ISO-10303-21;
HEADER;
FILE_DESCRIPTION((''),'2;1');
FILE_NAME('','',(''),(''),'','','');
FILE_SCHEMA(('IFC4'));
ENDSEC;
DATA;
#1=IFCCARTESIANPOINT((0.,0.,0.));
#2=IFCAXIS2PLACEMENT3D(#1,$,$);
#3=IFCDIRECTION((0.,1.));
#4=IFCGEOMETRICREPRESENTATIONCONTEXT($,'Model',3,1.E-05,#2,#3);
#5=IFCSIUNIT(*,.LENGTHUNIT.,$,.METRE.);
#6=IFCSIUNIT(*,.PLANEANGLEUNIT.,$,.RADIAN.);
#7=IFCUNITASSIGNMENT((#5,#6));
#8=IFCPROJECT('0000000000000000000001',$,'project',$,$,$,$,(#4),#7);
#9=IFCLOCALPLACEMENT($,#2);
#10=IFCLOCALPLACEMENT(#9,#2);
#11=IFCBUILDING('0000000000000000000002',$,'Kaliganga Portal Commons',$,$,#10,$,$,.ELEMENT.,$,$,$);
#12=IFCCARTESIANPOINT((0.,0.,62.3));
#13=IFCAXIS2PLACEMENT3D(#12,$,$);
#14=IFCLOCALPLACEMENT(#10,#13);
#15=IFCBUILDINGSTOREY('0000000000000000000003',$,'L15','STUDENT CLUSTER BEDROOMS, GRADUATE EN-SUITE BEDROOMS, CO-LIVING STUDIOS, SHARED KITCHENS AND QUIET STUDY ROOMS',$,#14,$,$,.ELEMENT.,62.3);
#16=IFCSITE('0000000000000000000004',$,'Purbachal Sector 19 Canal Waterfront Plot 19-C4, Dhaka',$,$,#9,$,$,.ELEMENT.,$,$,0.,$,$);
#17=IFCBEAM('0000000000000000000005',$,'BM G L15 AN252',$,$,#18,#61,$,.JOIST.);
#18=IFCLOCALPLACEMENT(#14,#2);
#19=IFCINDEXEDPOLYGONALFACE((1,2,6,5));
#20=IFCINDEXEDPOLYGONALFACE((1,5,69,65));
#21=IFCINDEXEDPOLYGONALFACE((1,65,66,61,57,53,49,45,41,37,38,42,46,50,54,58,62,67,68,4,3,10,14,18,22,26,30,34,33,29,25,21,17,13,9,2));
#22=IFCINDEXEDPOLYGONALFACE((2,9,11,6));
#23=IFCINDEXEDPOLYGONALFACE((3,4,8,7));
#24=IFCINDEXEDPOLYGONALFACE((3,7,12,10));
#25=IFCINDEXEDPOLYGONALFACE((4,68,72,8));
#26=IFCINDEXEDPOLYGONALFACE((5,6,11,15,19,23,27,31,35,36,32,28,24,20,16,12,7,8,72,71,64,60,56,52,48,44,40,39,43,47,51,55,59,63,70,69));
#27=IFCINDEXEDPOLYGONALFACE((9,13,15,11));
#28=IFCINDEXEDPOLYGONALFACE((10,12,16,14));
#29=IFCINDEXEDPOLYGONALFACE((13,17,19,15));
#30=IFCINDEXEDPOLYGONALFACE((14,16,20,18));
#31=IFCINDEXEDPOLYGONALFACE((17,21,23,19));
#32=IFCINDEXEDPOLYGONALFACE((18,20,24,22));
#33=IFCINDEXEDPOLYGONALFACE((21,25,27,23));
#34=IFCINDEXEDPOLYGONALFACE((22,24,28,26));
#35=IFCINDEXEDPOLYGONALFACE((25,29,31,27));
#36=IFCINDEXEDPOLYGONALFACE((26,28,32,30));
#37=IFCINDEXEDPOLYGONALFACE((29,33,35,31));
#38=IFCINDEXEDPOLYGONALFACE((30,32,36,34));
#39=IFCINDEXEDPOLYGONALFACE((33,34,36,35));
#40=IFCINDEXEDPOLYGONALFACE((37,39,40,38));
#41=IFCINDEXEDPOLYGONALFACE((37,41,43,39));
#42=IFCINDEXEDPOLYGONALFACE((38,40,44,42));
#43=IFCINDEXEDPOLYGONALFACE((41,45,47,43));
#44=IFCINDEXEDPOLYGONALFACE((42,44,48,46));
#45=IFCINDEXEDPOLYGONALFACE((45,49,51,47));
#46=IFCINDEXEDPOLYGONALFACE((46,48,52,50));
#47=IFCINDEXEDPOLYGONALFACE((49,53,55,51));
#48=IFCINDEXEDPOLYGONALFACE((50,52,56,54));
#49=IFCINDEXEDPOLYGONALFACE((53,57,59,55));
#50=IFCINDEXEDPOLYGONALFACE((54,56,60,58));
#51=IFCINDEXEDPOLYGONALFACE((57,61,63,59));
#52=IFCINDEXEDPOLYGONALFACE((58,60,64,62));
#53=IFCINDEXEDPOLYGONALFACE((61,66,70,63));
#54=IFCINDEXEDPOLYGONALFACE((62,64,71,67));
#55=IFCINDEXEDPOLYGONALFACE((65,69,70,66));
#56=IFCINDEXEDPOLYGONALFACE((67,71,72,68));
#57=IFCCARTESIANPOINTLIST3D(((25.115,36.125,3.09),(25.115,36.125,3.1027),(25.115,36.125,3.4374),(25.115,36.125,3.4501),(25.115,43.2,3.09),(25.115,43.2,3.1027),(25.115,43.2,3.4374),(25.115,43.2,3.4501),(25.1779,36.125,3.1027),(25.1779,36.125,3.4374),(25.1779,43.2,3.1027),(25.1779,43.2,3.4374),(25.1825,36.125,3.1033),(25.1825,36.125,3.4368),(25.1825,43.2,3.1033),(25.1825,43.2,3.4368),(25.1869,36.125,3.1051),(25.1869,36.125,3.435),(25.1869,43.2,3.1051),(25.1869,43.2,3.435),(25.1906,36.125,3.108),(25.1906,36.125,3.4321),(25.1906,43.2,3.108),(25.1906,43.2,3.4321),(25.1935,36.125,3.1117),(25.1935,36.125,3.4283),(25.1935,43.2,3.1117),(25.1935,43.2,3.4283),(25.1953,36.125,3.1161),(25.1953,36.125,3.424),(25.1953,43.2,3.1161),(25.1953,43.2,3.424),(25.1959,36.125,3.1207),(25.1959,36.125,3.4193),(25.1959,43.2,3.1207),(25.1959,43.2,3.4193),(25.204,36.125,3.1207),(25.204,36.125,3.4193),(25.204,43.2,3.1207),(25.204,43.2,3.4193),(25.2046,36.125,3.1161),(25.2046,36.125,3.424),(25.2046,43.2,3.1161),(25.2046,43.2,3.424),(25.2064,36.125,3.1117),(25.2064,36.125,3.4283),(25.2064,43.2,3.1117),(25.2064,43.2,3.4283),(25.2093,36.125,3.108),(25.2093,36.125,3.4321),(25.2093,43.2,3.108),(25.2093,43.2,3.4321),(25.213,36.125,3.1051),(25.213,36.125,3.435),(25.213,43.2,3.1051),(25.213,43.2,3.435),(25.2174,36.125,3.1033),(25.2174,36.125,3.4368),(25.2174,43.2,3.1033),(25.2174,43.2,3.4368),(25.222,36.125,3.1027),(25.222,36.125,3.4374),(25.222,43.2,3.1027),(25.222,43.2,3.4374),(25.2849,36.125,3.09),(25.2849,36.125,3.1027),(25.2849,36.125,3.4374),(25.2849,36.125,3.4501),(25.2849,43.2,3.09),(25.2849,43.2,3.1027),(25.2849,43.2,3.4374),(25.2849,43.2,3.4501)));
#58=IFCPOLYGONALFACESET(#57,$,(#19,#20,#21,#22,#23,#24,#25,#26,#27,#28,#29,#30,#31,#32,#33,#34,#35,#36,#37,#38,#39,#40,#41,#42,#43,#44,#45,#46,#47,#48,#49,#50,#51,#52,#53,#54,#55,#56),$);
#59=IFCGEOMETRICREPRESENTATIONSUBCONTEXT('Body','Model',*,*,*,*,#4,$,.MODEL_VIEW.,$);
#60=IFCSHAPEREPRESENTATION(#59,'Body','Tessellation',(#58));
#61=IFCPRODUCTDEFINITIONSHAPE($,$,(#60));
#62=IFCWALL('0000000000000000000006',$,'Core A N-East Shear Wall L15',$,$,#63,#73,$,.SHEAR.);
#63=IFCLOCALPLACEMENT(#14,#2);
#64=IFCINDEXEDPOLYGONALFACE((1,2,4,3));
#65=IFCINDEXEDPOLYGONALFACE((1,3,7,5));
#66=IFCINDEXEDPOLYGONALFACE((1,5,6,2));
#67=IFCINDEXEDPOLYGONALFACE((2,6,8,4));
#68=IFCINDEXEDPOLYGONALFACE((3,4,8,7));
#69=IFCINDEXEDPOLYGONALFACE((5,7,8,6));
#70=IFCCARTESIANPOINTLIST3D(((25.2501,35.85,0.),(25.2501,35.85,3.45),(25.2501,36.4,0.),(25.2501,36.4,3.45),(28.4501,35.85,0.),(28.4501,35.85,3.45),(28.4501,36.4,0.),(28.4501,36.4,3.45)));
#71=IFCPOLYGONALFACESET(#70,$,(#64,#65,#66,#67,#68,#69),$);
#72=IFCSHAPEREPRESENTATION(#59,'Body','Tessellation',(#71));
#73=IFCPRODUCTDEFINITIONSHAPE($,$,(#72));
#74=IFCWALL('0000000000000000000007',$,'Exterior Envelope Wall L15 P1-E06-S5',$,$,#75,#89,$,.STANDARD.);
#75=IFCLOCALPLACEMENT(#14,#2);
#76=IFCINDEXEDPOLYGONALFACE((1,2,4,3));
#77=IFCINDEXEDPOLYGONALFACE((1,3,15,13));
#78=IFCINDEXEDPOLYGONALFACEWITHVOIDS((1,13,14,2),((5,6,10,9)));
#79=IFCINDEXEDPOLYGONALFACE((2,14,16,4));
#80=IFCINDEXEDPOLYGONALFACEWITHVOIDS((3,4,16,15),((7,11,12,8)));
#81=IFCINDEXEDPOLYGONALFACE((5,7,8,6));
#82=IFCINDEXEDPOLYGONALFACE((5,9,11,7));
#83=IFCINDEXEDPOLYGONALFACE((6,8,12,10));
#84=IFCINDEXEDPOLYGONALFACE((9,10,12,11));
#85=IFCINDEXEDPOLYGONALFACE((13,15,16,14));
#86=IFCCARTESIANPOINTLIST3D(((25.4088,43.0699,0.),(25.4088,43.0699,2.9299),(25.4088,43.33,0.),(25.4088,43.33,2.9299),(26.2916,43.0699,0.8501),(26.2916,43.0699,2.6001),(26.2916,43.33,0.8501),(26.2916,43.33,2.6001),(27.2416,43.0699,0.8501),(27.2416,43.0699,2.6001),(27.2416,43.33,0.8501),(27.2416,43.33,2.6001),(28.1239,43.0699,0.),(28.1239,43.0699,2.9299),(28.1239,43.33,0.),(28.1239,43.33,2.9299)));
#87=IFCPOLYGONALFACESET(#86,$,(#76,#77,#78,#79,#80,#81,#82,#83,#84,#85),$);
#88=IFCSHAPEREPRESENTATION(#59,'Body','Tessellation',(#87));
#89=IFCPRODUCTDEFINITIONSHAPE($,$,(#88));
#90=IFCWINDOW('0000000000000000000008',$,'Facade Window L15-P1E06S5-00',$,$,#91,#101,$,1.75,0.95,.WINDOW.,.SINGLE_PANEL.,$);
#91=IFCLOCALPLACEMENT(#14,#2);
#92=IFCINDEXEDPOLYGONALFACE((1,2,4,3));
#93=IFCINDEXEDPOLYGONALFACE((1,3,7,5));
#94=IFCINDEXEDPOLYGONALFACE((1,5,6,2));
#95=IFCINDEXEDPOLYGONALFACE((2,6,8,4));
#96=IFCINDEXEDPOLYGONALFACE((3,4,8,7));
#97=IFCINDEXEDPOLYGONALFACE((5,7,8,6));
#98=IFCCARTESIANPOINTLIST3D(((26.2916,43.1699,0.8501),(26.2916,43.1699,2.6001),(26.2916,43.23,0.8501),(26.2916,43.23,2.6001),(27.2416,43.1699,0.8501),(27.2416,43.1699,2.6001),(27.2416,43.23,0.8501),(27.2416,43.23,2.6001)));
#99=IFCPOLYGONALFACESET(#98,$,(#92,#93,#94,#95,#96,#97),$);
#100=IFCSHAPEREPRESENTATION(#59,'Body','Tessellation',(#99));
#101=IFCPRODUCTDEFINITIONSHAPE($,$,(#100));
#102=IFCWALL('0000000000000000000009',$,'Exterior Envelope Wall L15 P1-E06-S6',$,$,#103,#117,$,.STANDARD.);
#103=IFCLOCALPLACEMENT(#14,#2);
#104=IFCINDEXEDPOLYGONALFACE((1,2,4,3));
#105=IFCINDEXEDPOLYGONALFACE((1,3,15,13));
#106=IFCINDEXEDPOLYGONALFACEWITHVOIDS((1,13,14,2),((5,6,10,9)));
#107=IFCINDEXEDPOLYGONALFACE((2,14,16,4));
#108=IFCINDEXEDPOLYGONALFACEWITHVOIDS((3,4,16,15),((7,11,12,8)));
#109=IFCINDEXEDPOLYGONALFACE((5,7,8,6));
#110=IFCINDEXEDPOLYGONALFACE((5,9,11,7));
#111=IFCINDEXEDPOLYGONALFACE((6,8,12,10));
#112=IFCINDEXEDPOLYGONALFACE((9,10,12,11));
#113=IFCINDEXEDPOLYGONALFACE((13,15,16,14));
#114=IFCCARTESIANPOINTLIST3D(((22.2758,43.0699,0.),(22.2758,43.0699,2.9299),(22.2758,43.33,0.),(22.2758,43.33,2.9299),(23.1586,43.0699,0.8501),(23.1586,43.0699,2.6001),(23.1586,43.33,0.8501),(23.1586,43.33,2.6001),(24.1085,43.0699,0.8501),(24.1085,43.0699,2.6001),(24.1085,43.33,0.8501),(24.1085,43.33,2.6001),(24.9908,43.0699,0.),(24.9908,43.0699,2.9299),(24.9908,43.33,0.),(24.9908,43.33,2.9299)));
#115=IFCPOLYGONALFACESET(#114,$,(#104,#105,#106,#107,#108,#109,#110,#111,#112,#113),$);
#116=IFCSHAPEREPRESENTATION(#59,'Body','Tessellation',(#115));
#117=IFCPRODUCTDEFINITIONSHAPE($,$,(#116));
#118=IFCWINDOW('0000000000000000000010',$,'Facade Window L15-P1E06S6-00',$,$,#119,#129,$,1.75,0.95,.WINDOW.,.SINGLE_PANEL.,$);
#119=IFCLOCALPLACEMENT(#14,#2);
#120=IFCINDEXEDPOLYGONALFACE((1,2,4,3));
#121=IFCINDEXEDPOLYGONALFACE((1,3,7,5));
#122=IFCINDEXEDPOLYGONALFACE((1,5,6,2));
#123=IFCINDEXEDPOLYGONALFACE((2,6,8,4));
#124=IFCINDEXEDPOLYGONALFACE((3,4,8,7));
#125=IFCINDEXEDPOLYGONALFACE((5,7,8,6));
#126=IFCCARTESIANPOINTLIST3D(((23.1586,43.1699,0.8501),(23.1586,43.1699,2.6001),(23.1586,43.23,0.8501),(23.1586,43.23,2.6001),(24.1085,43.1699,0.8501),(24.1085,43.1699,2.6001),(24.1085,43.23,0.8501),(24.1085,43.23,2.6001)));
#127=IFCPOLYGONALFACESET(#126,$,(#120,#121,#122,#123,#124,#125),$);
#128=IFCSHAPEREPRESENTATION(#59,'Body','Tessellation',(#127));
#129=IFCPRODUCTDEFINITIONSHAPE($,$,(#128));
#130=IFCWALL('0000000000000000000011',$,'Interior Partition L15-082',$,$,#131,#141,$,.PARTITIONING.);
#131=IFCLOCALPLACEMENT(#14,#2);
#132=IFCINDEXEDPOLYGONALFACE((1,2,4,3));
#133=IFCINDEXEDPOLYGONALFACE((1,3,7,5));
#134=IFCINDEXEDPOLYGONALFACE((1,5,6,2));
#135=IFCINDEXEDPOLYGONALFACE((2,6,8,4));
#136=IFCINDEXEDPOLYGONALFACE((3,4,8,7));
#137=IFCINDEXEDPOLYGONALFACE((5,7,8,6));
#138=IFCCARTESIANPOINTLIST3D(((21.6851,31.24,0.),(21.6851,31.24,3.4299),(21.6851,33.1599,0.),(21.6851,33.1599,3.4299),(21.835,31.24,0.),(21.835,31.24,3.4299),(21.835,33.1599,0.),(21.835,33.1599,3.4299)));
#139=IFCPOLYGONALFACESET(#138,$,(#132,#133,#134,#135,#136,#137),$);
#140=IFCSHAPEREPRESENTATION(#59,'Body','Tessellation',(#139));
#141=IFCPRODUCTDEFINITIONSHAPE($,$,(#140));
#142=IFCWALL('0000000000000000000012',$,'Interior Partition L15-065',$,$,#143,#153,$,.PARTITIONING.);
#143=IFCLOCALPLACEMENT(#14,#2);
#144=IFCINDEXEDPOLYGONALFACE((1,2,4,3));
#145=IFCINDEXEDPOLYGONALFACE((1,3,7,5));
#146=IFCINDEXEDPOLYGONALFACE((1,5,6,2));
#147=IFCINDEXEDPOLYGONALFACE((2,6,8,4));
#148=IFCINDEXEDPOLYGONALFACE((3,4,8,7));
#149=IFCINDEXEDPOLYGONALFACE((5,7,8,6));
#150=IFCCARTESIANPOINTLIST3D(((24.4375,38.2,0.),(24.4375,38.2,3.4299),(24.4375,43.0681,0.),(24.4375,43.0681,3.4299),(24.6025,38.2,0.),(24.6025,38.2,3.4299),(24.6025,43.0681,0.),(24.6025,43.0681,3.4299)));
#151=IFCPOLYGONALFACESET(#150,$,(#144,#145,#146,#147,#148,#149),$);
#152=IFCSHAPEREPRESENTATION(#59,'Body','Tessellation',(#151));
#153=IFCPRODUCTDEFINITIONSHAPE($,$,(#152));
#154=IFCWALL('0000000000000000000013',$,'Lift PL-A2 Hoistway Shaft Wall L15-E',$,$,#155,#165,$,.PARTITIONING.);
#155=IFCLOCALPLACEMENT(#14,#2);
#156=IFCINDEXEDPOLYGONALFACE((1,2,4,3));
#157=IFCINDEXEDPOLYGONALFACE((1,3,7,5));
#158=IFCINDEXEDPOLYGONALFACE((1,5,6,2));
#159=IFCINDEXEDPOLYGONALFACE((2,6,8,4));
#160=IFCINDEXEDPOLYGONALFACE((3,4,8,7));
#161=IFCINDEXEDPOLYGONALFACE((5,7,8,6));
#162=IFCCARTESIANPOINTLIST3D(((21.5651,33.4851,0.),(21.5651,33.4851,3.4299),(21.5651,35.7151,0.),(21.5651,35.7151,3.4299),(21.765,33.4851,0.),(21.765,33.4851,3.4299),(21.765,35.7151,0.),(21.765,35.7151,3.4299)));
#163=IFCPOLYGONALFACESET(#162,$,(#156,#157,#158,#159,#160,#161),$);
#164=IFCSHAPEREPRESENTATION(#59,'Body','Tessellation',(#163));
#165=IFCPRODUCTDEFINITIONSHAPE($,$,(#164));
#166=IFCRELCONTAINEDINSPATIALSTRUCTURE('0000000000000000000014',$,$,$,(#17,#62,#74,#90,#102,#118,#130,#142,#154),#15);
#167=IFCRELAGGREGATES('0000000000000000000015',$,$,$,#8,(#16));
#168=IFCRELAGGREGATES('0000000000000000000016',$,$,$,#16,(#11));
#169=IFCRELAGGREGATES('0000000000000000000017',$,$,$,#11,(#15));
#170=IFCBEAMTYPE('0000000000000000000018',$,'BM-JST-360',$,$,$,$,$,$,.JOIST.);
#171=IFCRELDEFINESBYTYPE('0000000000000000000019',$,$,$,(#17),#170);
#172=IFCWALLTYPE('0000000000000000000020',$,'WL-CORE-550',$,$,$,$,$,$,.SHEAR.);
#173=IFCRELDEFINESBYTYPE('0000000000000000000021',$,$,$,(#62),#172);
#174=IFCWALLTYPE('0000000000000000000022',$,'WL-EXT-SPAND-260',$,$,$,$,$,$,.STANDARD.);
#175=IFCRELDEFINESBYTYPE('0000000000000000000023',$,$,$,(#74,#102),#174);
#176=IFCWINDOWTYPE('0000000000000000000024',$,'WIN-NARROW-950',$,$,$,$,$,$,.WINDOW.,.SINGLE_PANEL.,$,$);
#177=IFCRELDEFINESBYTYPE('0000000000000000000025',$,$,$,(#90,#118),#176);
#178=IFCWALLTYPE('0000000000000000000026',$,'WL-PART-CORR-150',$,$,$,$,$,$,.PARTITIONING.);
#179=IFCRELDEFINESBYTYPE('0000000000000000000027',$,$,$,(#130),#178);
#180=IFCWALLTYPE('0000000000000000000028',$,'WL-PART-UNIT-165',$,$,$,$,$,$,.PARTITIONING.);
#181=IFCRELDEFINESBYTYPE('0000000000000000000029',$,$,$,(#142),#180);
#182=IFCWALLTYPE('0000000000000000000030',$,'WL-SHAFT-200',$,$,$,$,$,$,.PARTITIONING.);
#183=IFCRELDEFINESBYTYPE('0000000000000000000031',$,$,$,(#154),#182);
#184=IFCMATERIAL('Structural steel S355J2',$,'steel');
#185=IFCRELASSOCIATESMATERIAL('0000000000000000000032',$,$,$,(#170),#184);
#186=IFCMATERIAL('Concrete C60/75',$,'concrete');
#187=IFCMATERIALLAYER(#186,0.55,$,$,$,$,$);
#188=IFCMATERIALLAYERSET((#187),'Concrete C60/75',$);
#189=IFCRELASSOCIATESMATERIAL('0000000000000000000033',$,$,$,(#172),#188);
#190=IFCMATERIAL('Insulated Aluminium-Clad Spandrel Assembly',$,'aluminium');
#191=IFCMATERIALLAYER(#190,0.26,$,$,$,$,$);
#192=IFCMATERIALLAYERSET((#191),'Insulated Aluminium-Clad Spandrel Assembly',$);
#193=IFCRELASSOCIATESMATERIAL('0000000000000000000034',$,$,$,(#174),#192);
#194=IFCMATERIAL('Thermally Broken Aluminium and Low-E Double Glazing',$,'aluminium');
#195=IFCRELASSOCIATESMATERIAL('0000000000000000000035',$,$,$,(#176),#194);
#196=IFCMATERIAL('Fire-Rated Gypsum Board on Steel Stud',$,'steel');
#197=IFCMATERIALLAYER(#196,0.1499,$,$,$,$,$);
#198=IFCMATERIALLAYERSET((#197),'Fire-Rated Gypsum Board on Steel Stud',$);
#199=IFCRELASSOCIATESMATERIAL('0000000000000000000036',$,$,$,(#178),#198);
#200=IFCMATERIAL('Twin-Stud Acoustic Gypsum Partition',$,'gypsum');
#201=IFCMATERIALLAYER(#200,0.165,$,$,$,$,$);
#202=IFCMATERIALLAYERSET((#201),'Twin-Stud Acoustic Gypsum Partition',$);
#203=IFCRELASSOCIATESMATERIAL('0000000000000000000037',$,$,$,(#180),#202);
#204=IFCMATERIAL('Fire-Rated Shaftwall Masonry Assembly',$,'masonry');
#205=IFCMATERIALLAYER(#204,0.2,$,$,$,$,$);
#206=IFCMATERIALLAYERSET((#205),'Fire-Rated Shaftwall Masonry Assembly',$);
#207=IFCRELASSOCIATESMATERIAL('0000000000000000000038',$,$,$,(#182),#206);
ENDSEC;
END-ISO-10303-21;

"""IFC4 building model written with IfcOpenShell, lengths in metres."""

from ifc_helpers import new_model, si_unit, direction, frame, frame_2d, origin, origin_2d, place, context, subcontext, project, spatial, rectangle, i_section, extrude, source, transform, mapped, material, layer, layer_set, material_profile, profile_set, type_object, element, fill, save


model = new_model("IFC4")

# Units and contexts
model_context = context("Model", 3, precision=1e-05, world=origin(), true_north=direction((0.0, 1.0)))
body_context = subcontext(model_context, "Body", "Model", "MODEL_VIEW")
ifc_project = project(units=[si_unit("LENGTHUNIT", "METRE"), si_unit("PLANEANGLEUNIT", "RADIAN")], contexts=[model_context])

# Site, building, storey
site_placement = place(None, origin())
site = spatial("IfcSite", under=ifc_project, at=site_placement, Name="Purbachal Sector 19 Canal Waterfront Plot 19-C4, Dhaka", CompositionType="ELEMENT", RefElevation=0.0)
building_placement = place(site_placement, origin())
building = spatial("IfcBuilding", under=site, at=building_placement, Name="Kaliganga Portal Commons", CompositionType="ELEMENT")
storey_placement = place(building_placement, frame((0.0, 0.0, 62.3)))
storey = spatial("IfcBuildingStorey", under=building, at=storey_placement, Name="L15", Description="STUDENT CLUSTER BEDROOMS, GRADUATE EN-SUITE BEDROOMS, CO-LIVING STUDIOS, SHARED KITCHENS AND QUIET STUDY ROOMS", CompositionType="ELEMENT", Elevation=62.3)

# Beam
ifc_material_1 = material(Name="Structural steel S355J2", Category="steel")
ifc_material_profile_1 = material_profile(ifc_material_1, i_section(OverallWidth=0.1699, OverallDepth=0.3601, WebThickness=0.0081, FlangeThickness=0.0127, FilletRadius=0.0181, at=origin_2d()), Name="IPE 360")
ifc_profile_set_1 = profile_set([ifc_material_profile_1], Name="Structural steel S355J2 wide-flange")
beam_type_1 = type_object("IfcBeamType", Name="BM-JST-360", PredefinedType="JOIST", material=ifc_profile_set_1)
shared_shape_1 = source(origin(), body_context, "Body", "SweptSolid", [
    extrude(i_section(OverallWidth=0.1699, OverallDepth=0.3601, WebThickness=0.0081, FlangeThickness=0.0127, FilletRadius=0.0181, at=origin_2d()), origin(), (0.0, 0.0, 1.0), 7.075),
])
beam_1_placement = place(storey_placement, frame((25.2, 36.125, 3.27), z_axis=(0.0, 1.0, 0.0), x_axis=(-1.0, 0.0, 0.0)))
element("IfcBeam", 1, at=beam_1_placement, inside=storey, type_object=beam_type_1, Name="BM G L15 AN252", PredefinedType="JOIST", context=body_context, shape_type="MappedRepresentation", body=[
    mapped(shared_shape_1, transform((0.0, 0.0, 0.0), x_axis=(1.0, 0.0, 0.0), y_axis=(0.0, 1.0, 0.0), z_axis=(0.0, 0.0, 1.0), scale=1.0)),
])

# Wall
ifc_material_2 = material(Name="Concrete C60/75", Category="concrete")
ifc_layer_1 = layer(ifc_material_2, 0.55)
ifc_layer_set_1 = layer_set([ifc_layer_1], Name="Concrete C60/75")
wall_type_1 = type_object("IfcWallType", Name="WL-CORE-550", PredefinedType="SHEAR", material=ifc_layer_set_1)
wall_1_placement = place(storey_placement, frame((25.25, 36.125, 0.0), z_axis=(0.0, 0.0, 1.0), x_axis=(1.0, 0.0, 0.0)))
element("IfcWall", 2, at=wall_1_placement, inside=storey, type_object=wall_type_1, Name="Core A N-East Shear Wall L15", PredefinedType="SHEAR", context=body_context, shape_type="SweptSolid", body=[
    extrude(rectangle(XDim=3.2, YDim=0.55, at=frame_2d((1.6001, 0.0))), origin(), (0.0, 0.0, 1.0), 3.45),
])

# Walls, openings, windows
ifc_material_3 = material(Name="Insulated Aluminium-Clad Spandrel Assembly", Category="aluminium")
ifc_layer_2 = layer(ifc_material_3, 0.26)
ifc_layer_set_2 = layer_set([ifc_layer_2], Name="Insulated Aluminium-Clad Spandrel Assembly")
wall_type_2 = type_object("IfcWallType", Name="WL-EXT-SPAND-260", PredefinedType="STANDARD", material=ifc_layer_set_2)
wall_2_placement = place(storey_placement, frame((25.4089, 43.2, 0.0), z_axis=(0.0, 0.0, 1.0), x_axis=(1.0, 0.0, 0.0)))
wall_2 = element("IfcWall", 3, at=wall_2_placement, inside=storey, type_object=wall_type_2, Name="Exterior Envelope Wall L15 P1-E06-S5", PredefinedType="STANDARD", context=body_context, shape_type="SweptSolid", body=[
    extrude(rectangle(XDim=2.7151, YDim=0.26, at=frame_2d((1.3574, 0.0))), origin(), (0.0, 0.0, 1.0), 2.9299),
])
opening_1_placement = place(wall_2_placement, frame((0.8826, 0.0, 0.8501)))
opening_1 = element("IfcOpeningElement", 4, at=opening_1_placement, cuts=wall_2, PredefinedType="OPENING", context=body_context, shape_type="SweptSolid", body=[
    extrude(rectangle(XDim=0.95, YDim=1.75, at=frame_2d((0.4751, 0.875))), frame((0.0, 0.1401, 0.0), z_axis=(0.0, -1.0, 0.0), x_axis=(1.0, 0.0, 0.0)), (0.0, 0.0, 1.0), 0.28),
])
ifc_material_4 = material(Name="Thermally Broken Aluminium and Low-E Double Glazing", Category="aluminium")
window_type = type_object("IfcWindowType", Name="WIN-NARROW-950", PartitioningType="SINGLE_PANEL", PredefinedType="WINDOW", material=ifc_material_4)
window_1_placement = place(opening_1_placement, origin())
window_1 = element("IfcWindow", 5, at=window_1_placement, inside=storey, type_object=window_type, Name="Facade Window L15-P1E06S5-00", OverallHeight=1.75, OverallWidth=0.95, PartitioningType="SINGLE_PANEL", PredefinedType="WINDOW", context=body_context, shape_type="SweptSolid", body=[
    extrude(rectangle(XDim=0.95, YDim=1.75, at=frame_2d((0.4751, 0.875))), frame((0.0, 0.03, 0.0), z_axis=(0.0, -1.0, 0.0), x_axis=(1.0, 0.0, 0.0)), (0.0, 0.0, 1.0), 0.0601),
])
fill(opening_1, window_1)
wall_3_placement = place(storey_placement, frame((22.2759, 43.2, 0.0), z_axis=(0.0, 0.0, 1.0), x_axis=(1.0, 0.0, 0.0)))
wall_3 = element("IfcWall", 6, at=wall_3_placement, inside=storey, type_object=wall_type_2, Name="Exterior Envelope Wall L15 P1-E06-S6", PredefinedType="STANDARD", context=body_context, shape_type="SweptSolid", body=[
    extrude(rectangle(XDim=2.7151, YDim=0.26, at=frame_2d((1.3574, 0.0))), origin(), (0.0, 0.0, 1.0), 2.9299),
])
opening_2_placement = place(wall_3_placement, frame((0.8826, 0.0, 0.8501)))
opening_2 = element("IfcOpeningElement", 7, at=opening_2_placement, cuts=wall_3, PredefinedType="OPENING", context=body_context, shape_type="SweptSolid", body=[
    extrude(rectangle(XDim=0.95, YDim=1.75, at=frame_2d((0.4751, 0.875))), frame((0.0, 0.1401, 0.0), z_axis=(0.0, -1.0, 0.0), x_axis=(1.0, 0.0, 0.0)), (0.0, 0.0, 1.0), 0.28),
])
window_2_placement = place(opening_2_placement, origin())
window_2 = element("IfcWindow", 8, at=window_2_placement, inside=storey, type_object=window_type, Name="Facade Window L15-P1E06S6-00", OverallHeight=1.75, OverallWidth=0.95, PartitioningType="SINGLE_PANEL", PredefinedType="WINDOW", context=body_context, shape_type="SweptSolid", body=[
    extrude(rectangle(XDim=0.95, YDim=1.75, at=frame_2d((0.4751, 0.875))), frame((0.0, 0.03, 0.0), z_axis=(0.0, -1.0, 0.0), x_axis=(1.0, 0.0, 0.0)), (0.0, 0.0, 1.0), 0.0601),
])
fill(opening_2, window_2)

# Shared definitions
ifc_material_5 = material(Name="Fire-Rated Gypsum Board on Steel Stud", Category="steel")
ifc_layer_3 = layer(ifc_material_5, 0.1499)
ifc_layer_set_3 = layer_set([ifc_layer_3], Name="Fire-Rated Gypsum Board on Steel Stud")
wall_type_3 = type_object("IfcWallType", Name="WL-PART-CORR-150", PredefinedType="PARTITIONING", material=ifc_layer_set_3)

# Walls
wall_4_placement = place(storey_placement, frame((21.76, 31.24, 0.0), z_axis=(0.0, 0.0, 1.0), x_axis=(0.0, 1.0, 0.0)))
element("IfcWall", 9, at=wall_4_placement, inside=storey, type_object=wall_type_3, Name="Interior Partition L15-082", PredefinedType="PARTITIONING", context=body_context, shape_type="SweptSolid", body=[
    extrude(rectangle(XDim=1.9199, YDim=0.1499, at=frame_2d((0.96, 0.0))), origin(), (0.0, 0.0, 1.0), 3.4299),
])
ifc_material_6 = material(Name="Twin-Stud Acoustic Gypsum Partition", Category="gypsum")
ifc_layer_4 = layer(ifc_material_6, 0.165)
ifc_layer_set_4 = layer_set([ifc_layer_4], Name="Twin-Stud Acoustic Gypsum Partition")
wall_type_4 = type_object("IfcWallType", Name="WL-PART-UNIT-165", PredefinedType="PARTITIONING", material=ifc_layer_set_4)
wall_5_placement = place(storey_placement, frame((24.52, 38.2, 0.0), z_axis=(0.0, 0.0, 1.0), x_axis=(0.0, 1.0, 0.0)))
element("IfcWall", 10, at=wall_5_placement, inside=storey, type_object=wall_type_4, Name="Interior Partition L15-065", PredefinedType="PARTITIONING", context=body_context, shape_type="SweptSolid", body=[
    extrude(rectangle(XDim=4.8682, YDim=0.165, at=frame_2d((2.4341, 0.0))), origin(), (0.0, 0.0, 1.0), 3.4299),
])
ifc_material_7 = material(Name="Fire-Rated Shaftwall Masonry Assembly", Category="masonry")
ifc_layer_5 = layer(ifc_material_7, 0.2)
ifc_layer_set_5 = layer_set([ifc_layer_5], Name="Fire-Rated Shaftwall Masonry Assembly")
wall_type_5 = type_object("IfcWallType", Name="WL-SHAFT-200", PredefinedType="PARTITIONING", material=ifc_layer_set_5)
wall_6_placement = place(storey_placement, frame((21.665, 33.4851, 0.0), z_axis=(0.0, 0.0, 1.0), x_axis=(0.0, 1.0, 0.0)))
element("IfcWall", 11, at=wall_6_placement, inside=storey, type_object=wall_type_5, Name="Lift PL-A2 Hoistway Shaft Wall L15-E", PredefinedType="PARTITIONING", context=body_context, shape_type="SweptSolid", body=[
    extrude(rectangle(XDim=2.23, YDim=0.2, at=frame_2d((1.115, 0.0))), origin(), (0.0, 0.0, 1.0), 3.4299),
])

save(model, "model.ifc")
